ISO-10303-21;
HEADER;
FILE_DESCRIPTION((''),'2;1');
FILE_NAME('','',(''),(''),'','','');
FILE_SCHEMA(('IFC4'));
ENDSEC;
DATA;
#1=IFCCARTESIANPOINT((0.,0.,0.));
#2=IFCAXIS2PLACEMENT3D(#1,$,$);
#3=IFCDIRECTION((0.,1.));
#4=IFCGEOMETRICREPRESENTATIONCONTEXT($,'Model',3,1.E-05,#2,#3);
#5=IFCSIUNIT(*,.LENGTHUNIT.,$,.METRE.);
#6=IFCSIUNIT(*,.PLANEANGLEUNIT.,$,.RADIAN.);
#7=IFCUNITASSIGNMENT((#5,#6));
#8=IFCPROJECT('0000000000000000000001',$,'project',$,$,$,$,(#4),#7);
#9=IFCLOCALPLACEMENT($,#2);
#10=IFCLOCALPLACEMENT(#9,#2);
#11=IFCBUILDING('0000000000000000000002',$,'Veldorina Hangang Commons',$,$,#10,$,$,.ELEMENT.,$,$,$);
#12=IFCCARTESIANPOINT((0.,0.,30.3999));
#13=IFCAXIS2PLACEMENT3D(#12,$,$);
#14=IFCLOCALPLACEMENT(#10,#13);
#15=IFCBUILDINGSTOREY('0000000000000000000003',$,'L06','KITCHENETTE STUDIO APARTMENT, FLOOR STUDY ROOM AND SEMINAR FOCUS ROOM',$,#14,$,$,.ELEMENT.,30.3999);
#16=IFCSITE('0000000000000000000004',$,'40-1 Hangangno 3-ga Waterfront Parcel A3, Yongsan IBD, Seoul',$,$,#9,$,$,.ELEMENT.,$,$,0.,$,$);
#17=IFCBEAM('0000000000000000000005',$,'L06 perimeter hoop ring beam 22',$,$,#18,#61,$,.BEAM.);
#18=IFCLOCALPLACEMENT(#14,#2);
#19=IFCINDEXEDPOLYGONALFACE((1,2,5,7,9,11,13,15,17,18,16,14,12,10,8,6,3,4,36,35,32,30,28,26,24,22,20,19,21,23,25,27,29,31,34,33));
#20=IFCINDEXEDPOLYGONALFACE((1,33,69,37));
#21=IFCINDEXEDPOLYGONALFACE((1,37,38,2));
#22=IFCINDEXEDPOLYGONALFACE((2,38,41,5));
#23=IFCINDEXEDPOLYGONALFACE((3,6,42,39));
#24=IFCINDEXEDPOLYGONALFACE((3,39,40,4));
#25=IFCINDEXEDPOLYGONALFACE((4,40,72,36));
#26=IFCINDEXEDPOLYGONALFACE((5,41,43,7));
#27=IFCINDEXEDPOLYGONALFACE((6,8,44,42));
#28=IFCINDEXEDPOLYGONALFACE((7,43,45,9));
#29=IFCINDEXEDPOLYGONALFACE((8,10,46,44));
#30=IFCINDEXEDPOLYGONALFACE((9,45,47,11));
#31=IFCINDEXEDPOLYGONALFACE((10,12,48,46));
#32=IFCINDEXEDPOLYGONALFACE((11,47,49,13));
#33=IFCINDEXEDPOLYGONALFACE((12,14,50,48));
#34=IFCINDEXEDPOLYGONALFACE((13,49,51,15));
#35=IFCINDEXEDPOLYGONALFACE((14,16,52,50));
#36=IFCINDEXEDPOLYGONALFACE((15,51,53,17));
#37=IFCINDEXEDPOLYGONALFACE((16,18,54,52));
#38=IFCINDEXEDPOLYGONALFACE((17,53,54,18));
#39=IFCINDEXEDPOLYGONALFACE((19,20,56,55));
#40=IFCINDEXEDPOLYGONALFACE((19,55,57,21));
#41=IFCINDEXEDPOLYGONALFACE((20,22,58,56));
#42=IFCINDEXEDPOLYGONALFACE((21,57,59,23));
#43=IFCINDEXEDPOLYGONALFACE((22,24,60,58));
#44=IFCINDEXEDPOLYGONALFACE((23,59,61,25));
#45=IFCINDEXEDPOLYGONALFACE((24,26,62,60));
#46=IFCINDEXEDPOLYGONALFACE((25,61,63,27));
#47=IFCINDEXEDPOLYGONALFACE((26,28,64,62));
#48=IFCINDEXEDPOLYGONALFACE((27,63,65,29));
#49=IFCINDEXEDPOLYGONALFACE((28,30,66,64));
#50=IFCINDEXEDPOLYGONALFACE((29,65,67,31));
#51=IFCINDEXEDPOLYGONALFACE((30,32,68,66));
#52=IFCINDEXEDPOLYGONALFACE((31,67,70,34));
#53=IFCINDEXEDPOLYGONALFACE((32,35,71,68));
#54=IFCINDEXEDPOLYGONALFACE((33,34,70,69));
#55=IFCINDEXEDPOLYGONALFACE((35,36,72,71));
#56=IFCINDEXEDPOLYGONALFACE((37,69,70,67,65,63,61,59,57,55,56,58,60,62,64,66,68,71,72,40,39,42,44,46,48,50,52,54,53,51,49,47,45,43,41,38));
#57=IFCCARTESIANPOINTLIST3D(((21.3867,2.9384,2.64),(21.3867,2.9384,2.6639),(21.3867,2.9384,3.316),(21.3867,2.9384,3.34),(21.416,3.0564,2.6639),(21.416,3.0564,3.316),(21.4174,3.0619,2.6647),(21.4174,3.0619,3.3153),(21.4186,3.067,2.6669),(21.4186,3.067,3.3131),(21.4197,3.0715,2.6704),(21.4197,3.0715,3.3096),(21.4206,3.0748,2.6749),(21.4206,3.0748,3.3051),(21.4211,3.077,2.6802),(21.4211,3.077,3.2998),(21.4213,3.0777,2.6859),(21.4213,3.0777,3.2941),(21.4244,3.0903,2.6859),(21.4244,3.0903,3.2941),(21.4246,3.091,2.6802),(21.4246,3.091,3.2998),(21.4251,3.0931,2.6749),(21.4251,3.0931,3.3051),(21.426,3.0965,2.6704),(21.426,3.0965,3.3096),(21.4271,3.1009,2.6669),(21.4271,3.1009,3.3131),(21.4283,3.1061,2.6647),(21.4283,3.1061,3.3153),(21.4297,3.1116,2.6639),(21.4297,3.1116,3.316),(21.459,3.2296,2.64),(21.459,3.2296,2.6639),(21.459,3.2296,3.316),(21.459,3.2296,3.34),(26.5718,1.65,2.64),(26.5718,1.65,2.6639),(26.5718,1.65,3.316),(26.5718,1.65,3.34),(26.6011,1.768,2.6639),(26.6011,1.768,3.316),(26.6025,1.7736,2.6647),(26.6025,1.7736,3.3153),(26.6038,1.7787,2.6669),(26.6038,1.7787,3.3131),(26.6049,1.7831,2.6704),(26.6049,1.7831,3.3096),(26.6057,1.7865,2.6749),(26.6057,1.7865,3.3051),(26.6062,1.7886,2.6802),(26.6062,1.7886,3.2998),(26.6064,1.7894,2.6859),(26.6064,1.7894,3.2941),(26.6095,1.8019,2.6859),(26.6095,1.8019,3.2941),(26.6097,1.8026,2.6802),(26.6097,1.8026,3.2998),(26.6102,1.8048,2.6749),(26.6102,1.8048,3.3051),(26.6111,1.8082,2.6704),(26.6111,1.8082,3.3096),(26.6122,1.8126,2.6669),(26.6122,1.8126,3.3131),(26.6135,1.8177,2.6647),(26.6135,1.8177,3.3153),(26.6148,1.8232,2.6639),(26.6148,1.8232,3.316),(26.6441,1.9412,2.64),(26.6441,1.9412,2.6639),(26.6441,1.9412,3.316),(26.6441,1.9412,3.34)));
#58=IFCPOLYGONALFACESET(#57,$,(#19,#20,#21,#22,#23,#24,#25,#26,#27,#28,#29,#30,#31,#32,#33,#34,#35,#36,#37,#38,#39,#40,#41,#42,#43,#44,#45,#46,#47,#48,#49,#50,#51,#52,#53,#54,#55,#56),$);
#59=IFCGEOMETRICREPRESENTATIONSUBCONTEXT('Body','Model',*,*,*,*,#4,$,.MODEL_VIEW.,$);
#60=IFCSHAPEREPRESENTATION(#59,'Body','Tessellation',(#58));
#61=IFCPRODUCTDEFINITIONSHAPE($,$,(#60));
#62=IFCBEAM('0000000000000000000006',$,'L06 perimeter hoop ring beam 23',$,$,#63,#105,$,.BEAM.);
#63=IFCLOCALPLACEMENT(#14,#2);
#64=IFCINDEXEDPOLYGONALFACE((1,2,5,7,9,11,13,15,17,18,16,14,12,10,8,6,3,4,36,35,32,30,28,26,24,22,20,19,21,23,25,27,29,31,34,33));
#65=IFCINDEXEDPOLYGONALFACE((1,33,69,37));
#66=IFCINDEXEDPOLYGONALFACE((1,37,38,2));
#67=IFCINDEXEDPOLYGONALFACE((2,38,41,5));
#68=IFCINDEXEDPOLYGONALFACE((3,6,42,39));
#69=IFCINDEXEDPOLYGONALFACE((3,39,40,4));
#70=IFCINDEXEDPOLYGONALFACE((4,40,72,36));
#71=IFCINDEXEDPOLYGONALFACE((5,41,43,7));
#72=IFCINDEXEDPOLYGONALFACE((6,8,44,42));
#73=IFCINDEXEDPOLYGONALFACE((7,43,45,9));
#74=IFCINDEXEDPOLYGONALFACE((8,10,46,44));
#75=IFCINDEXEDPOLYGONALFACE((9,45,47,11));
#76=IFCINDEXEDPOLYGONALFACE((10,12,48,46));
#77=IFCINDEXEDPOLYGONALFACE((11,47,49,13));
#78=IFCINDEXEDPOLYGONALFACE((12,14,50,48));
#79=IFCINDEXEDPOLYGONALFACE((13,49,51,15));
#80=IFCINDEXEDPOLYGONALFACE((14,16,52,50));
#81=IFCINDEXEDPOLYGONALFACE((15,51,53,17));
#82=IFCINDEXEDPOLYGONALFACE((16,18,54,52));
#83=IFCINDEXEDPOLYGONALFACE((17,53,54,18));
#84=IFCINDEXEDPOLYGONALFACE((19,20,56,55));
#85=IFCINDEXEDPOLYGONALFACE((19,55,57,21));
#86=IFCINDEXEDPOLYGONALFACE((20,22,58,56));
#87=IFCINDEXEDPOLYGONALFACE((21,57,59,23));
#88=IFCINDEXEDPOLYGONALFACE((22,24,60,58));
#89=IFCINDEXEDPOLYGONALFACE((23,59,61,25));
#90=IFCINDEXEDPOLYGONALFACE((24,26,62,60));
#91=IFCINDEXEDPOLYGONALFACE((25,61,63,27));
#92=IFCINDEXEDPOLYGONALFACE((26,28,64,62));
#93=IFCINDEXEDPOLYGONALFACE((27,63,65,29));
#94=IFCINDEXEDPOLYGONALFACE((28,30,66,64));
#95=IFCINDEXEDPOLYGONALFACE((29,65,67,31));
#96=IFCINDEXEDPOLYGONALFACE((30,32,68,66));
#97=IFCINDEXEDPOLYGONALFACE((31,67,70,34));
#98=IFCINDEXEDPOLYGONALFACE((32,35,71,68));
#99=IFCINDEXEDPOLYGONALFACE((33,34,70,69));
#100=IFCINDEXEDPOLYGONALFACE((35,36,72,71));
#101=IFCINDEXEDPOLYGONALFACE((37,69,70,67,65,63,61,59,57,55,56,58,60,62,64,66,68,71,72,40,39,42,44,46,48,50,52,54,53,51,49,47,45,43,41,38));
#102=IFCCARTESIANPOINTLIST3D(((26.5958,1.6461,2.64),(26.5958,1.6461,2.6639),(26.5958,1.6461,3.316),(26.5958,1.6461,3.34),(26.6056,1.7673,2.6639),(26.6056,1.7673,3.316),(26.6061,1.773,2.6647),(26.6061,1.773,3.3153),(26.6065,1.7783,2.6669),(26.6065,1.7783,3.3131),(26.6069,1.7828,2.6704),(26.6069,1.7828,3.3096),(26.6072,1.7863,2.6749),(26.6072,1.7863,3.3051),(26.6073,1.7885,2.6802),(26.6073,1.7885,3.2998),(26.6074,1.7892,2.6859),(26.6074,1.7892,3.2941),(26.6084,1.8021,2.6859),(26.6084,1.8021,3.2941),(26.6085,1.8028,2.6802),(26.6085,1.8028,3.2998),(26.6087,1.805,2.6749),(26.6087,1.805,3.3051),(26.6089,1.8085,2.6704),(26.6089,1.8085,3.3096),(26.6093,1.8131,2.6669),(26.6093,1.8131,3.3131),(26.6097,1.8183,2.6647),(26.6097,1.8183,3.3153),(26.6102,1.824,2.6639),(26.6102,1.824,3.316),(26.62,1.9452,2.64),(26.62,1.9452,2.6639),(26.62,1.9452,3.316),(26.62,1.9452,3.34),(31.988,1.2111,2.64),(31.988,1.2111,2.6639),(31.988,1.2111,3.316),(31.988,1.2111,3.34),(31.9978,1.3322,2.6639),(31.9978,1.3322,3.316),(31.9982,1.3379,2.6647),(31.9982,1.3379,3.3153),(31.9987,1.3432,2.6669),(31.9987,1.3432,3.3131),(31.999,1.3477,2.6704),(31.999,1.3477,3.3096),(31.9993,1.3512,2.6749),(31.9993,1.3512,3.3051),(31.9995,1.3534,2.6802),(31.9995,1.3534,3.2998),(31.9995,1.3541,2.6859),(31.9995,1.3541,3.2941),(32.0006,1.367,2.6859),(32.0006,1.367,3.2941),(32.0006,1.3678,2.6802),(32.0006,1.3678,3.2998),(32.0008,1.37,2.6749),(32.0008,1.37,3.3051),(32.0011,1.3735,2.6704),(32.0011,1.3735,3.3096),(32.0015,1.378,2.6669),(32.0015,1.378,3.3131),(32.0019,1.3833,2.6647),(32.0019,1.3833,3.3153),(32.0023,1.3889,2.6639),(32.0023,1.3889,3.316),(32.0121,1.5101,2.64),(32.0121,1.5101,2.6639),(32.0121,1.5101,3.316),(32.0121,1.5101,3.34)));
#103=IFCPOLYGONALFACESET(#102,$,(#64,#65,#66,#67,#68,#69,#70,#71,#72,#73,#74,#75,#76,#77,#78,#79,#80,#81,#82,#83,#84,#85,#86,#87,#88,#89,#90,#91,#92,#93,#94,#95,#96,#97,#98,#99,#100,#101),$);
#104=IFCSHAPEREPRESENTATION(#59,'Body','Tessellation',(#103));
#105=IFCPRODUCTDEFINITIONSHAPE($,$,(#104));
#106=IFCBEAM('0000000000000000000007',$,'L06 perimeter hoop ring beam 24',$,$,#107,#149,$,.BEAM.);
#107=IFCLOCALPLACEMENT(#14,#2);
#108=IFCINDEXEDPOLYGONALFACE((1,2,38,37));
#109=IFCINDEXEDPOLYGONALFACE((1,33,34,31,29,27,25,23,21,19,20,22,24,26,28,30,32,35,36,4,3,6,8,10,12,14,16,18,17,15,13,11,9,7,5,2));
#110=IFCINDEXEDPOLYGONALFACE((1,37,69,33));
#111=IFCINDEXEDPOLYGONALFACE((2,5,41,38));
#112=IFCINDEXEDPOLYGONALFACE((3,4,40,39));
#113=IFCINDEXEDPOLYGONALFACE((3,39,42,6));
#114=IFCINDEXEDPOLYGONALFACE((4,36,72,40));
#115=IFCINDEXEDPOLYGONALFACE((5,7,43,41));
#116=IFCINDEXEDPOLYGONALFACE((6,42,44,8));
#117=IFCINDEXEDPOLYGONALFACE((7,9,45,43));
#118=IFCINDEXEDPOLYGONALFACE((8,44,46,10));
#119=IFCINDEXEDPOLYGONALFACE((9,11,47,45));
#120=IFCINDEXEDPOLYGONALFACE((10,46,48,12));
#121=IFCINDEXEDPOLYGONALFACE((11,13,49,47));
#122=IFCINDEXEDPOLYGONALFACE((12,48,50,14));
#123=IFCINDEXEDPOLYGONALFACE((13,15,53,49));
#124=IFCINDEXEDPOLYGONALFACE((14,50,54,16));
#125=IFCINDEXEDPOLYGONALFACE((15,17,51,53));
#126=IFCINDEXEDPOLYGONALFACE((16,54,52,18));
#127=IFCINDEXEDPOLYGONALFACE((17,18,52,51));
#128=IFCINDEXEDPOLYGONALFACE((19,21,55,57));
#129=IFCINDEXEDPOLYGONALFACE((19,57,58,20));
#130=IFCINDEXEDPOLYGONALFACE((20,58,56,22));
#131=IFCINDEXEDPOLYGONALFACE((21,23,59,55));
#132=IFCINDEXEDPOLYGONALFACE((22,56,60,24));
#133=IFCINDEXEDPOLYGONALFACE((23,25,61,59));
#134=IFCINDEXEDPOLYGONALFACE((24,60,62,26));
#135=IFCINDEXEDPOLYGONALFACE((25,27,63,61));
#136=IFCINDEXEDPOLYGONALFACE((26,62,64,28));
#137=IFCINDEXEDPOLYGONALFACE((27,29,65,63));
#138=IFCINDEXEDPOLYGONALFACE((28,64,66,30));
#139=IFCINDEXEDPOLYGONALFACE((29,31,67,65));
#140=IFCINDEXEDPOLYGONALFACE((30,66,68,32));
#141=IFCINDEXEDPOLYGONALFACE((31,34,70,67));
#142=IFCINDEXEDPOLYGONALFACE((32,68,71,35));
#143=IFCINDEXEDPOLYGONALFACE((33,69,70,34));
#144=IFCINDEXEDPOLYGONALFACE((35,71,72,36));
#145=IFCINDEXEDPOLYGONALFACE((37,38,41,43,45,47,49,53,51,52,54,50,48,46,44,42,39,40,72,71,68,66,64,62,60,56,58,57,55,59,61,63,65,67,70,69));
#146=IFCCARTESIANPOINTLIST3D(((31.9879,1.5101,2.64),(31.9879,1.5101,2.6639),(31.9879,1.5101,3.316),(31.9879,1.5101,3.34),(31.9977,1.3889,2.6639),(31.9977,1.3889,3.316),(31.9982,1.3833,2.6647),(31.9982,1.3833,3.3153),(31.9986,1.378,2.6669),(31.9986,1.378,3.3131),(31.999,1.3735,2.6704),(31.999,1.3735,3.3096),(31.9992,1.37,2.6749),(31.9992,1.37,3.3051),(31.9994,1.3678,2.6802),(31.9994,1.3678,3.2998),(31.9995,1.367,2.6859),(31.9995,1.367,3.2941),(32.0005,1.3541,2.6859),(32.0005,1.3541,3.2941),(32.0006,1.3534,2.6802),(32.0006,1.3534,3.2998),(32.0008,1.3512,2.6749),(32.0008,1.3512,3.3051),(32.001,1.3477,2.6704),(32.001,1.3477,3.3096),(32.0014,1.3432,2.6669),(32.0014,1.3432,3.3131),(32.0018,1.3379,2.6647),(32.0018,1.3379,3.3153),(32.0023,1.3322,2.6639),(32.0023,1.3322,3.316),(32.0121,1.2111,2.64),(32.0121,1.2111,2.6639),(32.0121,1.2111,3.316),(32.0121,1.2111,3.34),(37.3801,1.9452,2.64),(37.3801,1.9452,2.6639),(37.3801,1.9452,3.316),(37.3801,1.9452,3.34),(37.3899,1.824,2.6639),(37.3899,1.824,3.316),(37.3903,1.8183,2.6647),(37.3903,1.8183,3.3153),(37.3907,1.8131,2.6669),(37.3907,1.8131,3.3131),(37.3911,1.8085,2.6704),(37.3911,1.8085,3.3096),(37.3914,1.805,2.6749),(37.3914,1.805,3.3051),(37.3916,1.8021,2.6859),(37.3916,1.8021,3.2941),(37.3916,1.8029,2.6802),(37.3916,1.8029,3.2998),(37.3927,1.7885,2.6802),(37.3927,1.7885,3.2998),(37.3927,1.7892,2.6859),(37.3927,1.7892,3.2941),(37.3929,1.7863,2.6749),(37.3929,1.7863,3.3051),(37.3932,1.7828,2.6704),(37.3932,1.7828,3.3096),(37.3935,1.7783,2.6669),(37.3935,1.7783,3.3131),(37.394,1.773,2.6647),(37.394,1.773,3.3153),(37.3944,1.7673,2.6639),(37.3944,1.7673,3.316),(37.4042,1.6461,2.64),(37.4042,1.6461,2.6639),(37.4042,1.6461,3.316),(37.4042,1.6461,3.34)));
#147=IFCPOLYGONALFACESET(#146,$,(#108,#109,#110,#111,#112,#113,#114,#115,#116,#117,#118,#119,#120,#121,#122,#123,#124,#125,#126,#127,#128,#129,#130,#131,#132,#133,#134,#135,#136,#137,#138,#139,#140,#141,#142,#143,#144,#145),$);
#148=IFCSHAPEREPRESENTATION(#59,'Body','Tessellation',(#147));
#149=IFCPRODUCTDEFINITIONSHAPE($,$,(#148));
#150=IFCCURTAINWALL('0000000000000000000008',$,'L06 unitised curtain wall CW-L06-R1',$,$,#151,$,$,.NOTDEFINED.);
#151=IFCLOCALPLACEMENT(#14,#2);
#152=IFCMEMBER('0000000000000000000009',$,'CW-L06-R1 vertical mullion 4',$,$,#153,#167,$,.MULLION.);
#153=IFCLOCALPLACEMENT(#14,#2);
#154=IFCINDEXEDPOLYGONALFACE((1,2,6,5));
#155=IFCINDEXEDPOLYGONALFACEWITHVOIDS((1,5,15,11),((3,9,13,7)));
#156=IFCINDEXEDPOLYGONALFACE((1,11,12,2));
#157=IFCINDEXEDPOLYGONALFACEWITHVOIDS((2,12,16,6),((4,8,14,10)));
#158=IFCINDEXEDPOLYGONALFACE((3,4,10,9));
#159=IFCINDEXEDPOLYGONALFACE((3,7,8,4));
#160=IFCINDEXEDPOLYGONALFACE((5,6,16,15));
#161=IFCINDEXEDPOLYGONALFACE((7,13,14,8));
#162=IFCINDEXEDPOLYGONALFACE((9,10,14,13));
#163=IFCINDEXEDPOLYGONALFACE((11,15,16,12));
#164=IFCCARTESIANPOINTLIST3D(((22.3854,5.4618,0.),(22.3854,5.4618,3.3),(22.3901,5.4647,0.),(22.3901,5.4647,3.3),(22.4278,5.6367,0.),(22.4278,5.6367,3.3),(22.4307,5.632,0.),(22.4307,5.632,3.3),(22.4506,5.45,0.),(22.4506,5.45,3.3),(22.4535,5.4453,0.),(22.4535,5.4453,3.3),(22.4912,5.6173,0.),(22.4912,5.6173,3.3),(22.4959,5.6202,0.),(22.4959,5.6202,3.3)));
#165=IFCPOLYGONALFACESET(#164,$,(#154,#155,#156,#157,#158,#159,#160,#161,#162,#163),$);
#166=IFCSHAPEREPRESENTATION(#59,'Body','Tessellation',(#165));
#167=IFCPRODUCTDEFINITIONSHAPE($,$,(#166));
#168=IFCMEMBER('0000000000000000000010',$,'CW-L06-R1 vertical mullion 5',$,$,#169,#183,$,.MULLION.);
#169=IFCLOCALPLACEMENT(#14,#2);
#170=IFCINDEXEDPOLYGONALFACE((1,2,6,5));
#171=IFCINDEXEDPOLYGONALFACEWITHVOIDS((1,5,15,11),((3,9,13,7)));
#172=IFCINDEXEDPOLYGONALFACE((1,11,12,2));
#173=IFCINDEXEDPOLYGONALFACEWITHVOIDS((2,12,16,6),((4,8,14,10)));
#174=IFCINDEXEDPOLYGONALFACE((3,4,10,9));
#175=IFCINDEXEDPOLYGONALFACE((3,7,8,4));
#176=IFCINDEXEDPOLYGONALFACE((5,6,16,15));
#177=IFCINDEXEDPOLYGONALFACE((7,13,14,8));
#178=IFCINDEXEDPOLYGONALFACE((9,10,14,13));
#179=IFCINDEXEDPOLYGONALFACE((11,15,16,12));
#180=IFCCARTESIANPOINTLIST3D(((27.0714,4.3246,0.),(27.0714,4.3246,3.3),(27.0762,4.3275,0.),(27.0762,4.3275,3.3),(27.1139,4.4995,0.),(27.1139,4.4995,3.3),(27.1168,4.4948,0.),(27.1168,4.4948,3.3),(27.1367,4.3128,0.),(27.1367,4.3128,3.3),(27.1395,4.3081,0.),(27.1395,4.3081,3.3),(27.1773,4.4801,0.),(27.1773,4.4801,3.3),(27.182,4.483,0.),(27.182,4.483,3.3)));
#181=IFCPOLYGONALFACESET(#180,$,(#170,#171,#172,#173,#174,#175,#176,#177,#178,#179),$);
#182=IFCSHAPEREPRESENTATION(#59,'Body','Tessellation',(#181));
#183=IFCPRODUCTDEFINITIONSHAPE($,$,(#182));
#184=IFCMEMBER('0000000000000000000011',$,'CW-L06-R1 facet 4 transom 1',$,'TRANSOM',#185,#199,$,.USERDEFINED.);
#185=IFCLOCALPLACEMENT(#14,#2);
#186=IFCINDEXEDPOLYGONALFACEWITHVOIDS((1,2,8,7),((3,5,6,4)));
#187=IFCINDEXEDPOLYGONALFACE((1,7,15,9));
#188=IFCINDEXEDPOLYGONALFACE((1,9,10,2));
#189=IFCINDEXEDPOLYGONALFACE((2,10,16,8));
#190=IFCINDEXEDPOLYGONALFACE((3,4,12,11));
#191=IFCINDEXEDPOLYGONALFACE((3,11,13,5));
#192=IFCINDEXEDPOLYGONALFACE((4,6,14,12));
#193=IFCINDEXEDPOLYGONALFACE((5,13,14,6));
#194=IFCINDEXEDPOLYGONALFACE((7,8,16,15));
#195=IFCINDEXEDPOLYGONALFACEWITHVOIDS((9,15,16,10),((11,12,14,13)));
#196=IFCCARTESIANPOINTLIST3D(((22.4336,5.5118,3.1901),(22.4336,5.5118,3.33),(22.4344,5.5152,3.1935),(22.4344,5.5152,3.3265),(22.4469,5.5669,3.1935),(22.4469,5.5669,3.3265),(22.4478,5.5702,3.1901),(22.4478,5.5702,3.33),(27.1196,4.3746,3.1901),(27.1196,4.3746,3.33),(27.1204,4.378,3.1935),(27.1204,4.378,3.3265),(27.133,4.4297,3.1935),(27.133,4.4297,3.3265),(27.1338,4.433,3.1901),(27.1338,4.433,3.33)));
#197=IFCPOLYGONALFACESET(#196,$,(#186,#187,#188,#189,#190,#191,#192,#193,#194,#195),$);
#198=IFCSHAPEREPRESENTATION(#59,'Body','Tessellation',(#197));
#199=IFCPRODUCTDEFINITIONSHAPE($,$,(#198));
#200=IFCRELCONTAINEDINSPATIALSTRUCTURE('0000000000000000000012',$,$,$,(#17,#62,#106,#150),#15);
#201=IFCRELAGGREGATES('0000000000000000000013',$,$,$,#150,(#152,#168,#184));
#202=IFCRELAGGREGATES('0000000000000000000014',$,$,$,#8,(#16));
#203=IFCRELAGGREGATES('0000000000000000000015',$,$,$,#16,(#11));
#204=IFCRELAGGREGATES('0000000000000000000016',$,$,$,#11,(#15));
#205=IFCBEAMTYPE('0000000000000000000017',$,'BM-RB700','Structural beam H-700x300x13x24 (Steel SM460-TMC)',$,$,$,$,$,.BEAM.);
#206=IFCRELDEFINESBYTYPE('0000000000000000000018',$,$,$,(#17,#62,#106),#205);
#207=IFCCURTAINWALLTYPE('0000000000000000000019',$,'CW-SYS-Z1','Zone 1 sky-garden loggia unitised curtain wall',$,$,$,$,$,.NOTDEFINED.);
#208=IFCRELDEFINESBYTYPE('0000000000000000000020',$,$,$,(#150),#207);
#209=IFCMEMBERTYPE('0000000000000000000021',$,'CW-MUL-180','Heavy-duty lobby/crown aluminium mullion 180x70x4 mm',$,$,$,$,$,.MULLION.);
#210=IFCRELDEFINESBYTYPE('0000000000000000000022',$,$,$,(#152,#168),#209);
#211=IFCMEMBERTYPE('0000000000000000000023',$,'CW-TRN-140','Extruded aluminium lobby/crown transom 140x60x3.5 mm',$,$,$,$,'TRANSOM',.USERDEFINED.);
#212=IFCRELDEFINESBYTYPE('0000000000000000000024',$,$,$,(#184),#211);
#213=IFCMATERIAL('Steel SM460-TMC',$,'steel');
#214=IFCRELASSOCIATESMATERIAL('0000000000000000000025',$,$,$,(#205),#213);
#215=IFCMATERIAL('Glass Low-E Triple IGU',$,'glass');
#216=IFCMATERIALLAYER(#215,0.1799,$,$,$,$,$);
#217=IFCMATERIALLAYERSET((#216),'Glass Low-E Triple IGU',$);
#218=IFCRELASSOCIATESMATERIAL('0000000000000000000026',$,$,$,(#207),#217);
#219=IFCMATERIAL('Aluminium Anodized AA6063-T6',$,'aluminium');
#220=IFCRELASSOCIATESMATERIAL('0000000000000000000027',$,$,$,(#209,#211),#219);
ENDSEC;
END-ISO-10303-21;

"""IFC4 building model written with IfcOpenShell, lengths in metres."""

from ifc_helpers import new_model, si_unit, direction, frame, origin, origin_2d, place, context, subcontext, project, spatial, hollow_rectangle, i_section, extrude, material, layer, layer_set, material_profile, profile_set, type_object, element, aggregate, save


model = new_model("IFC4")

# Units and contexts
model_context = context("Model", 3, precision=1e-05, world=origin(), true_north=direction((0.0, 1.0)))
body_context = subcontext(model_context, "Body", "Model", "MODEL_VIEW")
ifc_project = project(units=[si_unit("LENGTHUNIT", "METRE"), si_unit("PLANEANGLEUNIT", "RADIAN")], contexts=[model_context])

# Site, building, storey
site_placement = place(None, origin())
site = spatial("IfcSite", under=ifc_project, at=site_placement, Name="40-1 Hangangno 3-ga Waterfront Parcel A3, Yongsan IBD, Seoul", CompositionType="ELEMENT", RefElevation=0.0)
building_placement = place(site_placement, origin())
building = spatial("IfcBuilding", under=site, at=building_placement, Name="Veldorina Hangang Commons", CompositionType="ELEMENT")
storey_placement = place(building_placement, frame((0.0, 0.0, 30.3999)))
storey = spatial("IfcBuildingStorey", under=building, at=storey_placement, Name="L06", Description="KITCHENETTE STUDIO APARTMENT, FLOOR STUDY ROOM AND SEMINAR FOCUS ROOM", CompositionType="ELEMENT", Elevation=30.3999)

# Beams
ifc_material_1 = material(Name="Steel SM460-TMC", Category="steel")
ifc_material_profile_1 = material_profile(ifc_material_1, i_section(OverallWidth=0.3, OverallDepth=0.7, WebThickness=0.0129, FlangeThickness=0.0239, FilletRadius=0.022, at=origin_2d()), Name="H-700x300x13x24")
ifc_profile_set_1 = profile_set([ifc_material_profile_1], Name="Steel SM460-TMC")
beam_type = type_object("IfcBeamType", Name="BM-RB700", Description="Structural beam H-700x300x13x24 (Steel SM460-TMC)", PredefinedType="BEAM", material=ifc_profile_set_1)
beam_placement = place(storey_placement, frame((21.4229, 3.084, 2.99), z_axis=(0.970491, -0.241138, 0.0), x_axis=(0.241138, 0.970491, 0.0)))
element("IfcBeam", 1, at=beam_placement, inside=storey, type_object=beam_type, Name="L06 perimeter hoop ring beam 22", PredefinedType="BEAM", context=body_context, shape_type="SweptSolid", body=[
    extrude(i_section(OverallWidth=0.3, OverallDepth=0.7, WebThickness=0.0129, FlangeThickness=0.0239, FilletRadius=0.022, at=origin_2d()), origin(), (0.0, 0.0, 1.0), 5.3428),
])
for number, where, z_axis, x_axis, name in (
    (2, (26.6079, 1.7957, 2.99), (0.996761, -0.080423, 0.0), (0.080423, 0.996761, 0.0), "L06 perimeter hoop ring beam 23"),
    (3, (32.0, 1.3606, 2.99), (0.996761, 0.080423, 0.0), (-0.080423, 0.996761, 0.0), "L06 perimeter hoop ring beam 24"),
):
    element("IfcBeam", number, at=place(storey_placement, frame(where, z_axis=z_axis, x_axis=x_axis)), inside=storey, type_object=beam_type, Name=name, PredefinedType="BEAM", context=body_context, shape_type="SweptSolid", body=[
        extrude(i_section(OverallWidth=0.3, OverallDepth=0.7, WebThickness=0.0129, FlangeThickness=0.0239, FilletRadius=0.022, at=origin_2d()), origin(), (0.0, 0.0, 1.0), 5.4097),
    ])

# Curtain wall, members
ifc_material_2 = material(Name="Glass Low-E Triple IGU", Category="glass")
ifc_layer_1 = layer(ifc_material_2, 0.1799)
ifc_layer_set_1 = layer_set([ifc_layer_1], Name="Glass Low-E Triple IGU")
curtain_wall_type = type_object("IfcCurtainWallType", Name="CW-SYS-Z1", Description="Zone 1 sky-garden loggia unitised curtain wall", PredefinedType="NOTDEFINED", material=ifc_layer_set_1)
curtain_wall_placement = place(storey_placement, origin())
curtain_wall = element("IfcCurtainWall", 4, at=curtain_wall_placement, inside=storey, type_object=curtain_wall_type, Name="L06 unitised curtain wall CW-L06-R1", PredefinedType="NOTDEFINED")
ifc_material_3 = material(Name="Aluminium Anodized AA6063-T6", Category="aluminium")
ifc_material_profile_2 = material_profile(ifc_material_3, hollow_rectangle(XDim=0.0701, YDim=0.1799, WallThickness=0.0039, at=origin_2d()), Name="ALU-RHS-180x70x4")
ifc_profile_set_2 = profile_set([ifc_material_profile_2], Name="Aluminium Anodized AA6063-T6")
member_type_1 = type_object("IfcMemberType", Name="CW-MUL-180", Description="Heavy-duty lobby/crown aluminium mullion 180x70x4 mm", PredefinedType="MULLION", material=ifc_profile_set_2)
member_1_placement = place(storey_placement, frame((22.4407, 5.541, 0.0), z_axis=(0.0, 0.0, 1.0), x_axis=(0.971801, -0.235804, 0.0)))
member_1 = element("IfcMember", 5, at=member_1_placement, type_object=member_type_1, Name="CW-L06-R1 vertical mullion 4", PredefinedType="MULLION", context=body_context, shape_type="SweptSolid", body=[
    extrude(hollow_rectangle(XDim=0.0701, YDim=0.1799, WallThickness=0.0039, at=origin_2d()), origin(), (0.0, 0.0, 1.0), 3.3),
])
member_2_placement = place(storey_placement, frame((27.1267, 4.4038, 0.0), z_axis=(0.0, 0.0, 1.0), x_axis=(-0.971801, 0.235804, 0.0)))
member_2 = element("IfcMember", 6, at=member_2_placement, type_object=member_type_1, Name="CW-L06-R1 vertical mullion 5", PredefinedType="MULLION", context=body_context, shape_type="SweptSolid", body=[
    extrude(hollow_rectangle(XDim=0.0701, YDim=0.1799, WallThickness=0.0039, at=origin_2d()), origin(), (0.0, 0.0, 1.0), 3.3),
])
ifc_material_profile_3 = material_profile(ifc_material_3, hollow_rectangle(XDim=0.0601, YDim=0.1399, WallThickness=0.0034, at=origin_2d()), Name="ALU-RHS-140x60x3.5")
ifc_profile_set_3 = profile_set([ifc_material_profile_3], Name="Aluminium Anodized AA6063-T6")
member_type_2 = type_object("IfcMemberType", Name="CW-TRN-140", Description="Extruded aluminium lobby/crown transom 140x60x3.5 mm", ElementType="TRANSOM", PredefinedType="USERDEFINED", material=ifc_profile_set_3)
member_3_placement = place(storey_placement, frame((22.4407, 5.541, 3.26), z_axis=(0.971793, -0.235835, 0.0), x_axis=(0.235835, 0.971793, 0.0)))
member_3 = element("IfcMember", 7, at=member_3_placement, type_object=member_type_2, Name="CW-L06-R1 facet 4 transom 1", ObjectType="TRANSOM", PredefinedType="USERDEFINED", context=body_context, shape_type="SweptSolid", body=[
    extrude(hollow_rectangle(XDim=0.0601, YDim=0.1399, WallThickness=0.0034, at=origin_2d()), origin(), (0.0, 0.0, 1.0), 4.822),
])

aggregate(curtain_wall, [member_1, member_2, member_3])

save(model, "model.ifc")
